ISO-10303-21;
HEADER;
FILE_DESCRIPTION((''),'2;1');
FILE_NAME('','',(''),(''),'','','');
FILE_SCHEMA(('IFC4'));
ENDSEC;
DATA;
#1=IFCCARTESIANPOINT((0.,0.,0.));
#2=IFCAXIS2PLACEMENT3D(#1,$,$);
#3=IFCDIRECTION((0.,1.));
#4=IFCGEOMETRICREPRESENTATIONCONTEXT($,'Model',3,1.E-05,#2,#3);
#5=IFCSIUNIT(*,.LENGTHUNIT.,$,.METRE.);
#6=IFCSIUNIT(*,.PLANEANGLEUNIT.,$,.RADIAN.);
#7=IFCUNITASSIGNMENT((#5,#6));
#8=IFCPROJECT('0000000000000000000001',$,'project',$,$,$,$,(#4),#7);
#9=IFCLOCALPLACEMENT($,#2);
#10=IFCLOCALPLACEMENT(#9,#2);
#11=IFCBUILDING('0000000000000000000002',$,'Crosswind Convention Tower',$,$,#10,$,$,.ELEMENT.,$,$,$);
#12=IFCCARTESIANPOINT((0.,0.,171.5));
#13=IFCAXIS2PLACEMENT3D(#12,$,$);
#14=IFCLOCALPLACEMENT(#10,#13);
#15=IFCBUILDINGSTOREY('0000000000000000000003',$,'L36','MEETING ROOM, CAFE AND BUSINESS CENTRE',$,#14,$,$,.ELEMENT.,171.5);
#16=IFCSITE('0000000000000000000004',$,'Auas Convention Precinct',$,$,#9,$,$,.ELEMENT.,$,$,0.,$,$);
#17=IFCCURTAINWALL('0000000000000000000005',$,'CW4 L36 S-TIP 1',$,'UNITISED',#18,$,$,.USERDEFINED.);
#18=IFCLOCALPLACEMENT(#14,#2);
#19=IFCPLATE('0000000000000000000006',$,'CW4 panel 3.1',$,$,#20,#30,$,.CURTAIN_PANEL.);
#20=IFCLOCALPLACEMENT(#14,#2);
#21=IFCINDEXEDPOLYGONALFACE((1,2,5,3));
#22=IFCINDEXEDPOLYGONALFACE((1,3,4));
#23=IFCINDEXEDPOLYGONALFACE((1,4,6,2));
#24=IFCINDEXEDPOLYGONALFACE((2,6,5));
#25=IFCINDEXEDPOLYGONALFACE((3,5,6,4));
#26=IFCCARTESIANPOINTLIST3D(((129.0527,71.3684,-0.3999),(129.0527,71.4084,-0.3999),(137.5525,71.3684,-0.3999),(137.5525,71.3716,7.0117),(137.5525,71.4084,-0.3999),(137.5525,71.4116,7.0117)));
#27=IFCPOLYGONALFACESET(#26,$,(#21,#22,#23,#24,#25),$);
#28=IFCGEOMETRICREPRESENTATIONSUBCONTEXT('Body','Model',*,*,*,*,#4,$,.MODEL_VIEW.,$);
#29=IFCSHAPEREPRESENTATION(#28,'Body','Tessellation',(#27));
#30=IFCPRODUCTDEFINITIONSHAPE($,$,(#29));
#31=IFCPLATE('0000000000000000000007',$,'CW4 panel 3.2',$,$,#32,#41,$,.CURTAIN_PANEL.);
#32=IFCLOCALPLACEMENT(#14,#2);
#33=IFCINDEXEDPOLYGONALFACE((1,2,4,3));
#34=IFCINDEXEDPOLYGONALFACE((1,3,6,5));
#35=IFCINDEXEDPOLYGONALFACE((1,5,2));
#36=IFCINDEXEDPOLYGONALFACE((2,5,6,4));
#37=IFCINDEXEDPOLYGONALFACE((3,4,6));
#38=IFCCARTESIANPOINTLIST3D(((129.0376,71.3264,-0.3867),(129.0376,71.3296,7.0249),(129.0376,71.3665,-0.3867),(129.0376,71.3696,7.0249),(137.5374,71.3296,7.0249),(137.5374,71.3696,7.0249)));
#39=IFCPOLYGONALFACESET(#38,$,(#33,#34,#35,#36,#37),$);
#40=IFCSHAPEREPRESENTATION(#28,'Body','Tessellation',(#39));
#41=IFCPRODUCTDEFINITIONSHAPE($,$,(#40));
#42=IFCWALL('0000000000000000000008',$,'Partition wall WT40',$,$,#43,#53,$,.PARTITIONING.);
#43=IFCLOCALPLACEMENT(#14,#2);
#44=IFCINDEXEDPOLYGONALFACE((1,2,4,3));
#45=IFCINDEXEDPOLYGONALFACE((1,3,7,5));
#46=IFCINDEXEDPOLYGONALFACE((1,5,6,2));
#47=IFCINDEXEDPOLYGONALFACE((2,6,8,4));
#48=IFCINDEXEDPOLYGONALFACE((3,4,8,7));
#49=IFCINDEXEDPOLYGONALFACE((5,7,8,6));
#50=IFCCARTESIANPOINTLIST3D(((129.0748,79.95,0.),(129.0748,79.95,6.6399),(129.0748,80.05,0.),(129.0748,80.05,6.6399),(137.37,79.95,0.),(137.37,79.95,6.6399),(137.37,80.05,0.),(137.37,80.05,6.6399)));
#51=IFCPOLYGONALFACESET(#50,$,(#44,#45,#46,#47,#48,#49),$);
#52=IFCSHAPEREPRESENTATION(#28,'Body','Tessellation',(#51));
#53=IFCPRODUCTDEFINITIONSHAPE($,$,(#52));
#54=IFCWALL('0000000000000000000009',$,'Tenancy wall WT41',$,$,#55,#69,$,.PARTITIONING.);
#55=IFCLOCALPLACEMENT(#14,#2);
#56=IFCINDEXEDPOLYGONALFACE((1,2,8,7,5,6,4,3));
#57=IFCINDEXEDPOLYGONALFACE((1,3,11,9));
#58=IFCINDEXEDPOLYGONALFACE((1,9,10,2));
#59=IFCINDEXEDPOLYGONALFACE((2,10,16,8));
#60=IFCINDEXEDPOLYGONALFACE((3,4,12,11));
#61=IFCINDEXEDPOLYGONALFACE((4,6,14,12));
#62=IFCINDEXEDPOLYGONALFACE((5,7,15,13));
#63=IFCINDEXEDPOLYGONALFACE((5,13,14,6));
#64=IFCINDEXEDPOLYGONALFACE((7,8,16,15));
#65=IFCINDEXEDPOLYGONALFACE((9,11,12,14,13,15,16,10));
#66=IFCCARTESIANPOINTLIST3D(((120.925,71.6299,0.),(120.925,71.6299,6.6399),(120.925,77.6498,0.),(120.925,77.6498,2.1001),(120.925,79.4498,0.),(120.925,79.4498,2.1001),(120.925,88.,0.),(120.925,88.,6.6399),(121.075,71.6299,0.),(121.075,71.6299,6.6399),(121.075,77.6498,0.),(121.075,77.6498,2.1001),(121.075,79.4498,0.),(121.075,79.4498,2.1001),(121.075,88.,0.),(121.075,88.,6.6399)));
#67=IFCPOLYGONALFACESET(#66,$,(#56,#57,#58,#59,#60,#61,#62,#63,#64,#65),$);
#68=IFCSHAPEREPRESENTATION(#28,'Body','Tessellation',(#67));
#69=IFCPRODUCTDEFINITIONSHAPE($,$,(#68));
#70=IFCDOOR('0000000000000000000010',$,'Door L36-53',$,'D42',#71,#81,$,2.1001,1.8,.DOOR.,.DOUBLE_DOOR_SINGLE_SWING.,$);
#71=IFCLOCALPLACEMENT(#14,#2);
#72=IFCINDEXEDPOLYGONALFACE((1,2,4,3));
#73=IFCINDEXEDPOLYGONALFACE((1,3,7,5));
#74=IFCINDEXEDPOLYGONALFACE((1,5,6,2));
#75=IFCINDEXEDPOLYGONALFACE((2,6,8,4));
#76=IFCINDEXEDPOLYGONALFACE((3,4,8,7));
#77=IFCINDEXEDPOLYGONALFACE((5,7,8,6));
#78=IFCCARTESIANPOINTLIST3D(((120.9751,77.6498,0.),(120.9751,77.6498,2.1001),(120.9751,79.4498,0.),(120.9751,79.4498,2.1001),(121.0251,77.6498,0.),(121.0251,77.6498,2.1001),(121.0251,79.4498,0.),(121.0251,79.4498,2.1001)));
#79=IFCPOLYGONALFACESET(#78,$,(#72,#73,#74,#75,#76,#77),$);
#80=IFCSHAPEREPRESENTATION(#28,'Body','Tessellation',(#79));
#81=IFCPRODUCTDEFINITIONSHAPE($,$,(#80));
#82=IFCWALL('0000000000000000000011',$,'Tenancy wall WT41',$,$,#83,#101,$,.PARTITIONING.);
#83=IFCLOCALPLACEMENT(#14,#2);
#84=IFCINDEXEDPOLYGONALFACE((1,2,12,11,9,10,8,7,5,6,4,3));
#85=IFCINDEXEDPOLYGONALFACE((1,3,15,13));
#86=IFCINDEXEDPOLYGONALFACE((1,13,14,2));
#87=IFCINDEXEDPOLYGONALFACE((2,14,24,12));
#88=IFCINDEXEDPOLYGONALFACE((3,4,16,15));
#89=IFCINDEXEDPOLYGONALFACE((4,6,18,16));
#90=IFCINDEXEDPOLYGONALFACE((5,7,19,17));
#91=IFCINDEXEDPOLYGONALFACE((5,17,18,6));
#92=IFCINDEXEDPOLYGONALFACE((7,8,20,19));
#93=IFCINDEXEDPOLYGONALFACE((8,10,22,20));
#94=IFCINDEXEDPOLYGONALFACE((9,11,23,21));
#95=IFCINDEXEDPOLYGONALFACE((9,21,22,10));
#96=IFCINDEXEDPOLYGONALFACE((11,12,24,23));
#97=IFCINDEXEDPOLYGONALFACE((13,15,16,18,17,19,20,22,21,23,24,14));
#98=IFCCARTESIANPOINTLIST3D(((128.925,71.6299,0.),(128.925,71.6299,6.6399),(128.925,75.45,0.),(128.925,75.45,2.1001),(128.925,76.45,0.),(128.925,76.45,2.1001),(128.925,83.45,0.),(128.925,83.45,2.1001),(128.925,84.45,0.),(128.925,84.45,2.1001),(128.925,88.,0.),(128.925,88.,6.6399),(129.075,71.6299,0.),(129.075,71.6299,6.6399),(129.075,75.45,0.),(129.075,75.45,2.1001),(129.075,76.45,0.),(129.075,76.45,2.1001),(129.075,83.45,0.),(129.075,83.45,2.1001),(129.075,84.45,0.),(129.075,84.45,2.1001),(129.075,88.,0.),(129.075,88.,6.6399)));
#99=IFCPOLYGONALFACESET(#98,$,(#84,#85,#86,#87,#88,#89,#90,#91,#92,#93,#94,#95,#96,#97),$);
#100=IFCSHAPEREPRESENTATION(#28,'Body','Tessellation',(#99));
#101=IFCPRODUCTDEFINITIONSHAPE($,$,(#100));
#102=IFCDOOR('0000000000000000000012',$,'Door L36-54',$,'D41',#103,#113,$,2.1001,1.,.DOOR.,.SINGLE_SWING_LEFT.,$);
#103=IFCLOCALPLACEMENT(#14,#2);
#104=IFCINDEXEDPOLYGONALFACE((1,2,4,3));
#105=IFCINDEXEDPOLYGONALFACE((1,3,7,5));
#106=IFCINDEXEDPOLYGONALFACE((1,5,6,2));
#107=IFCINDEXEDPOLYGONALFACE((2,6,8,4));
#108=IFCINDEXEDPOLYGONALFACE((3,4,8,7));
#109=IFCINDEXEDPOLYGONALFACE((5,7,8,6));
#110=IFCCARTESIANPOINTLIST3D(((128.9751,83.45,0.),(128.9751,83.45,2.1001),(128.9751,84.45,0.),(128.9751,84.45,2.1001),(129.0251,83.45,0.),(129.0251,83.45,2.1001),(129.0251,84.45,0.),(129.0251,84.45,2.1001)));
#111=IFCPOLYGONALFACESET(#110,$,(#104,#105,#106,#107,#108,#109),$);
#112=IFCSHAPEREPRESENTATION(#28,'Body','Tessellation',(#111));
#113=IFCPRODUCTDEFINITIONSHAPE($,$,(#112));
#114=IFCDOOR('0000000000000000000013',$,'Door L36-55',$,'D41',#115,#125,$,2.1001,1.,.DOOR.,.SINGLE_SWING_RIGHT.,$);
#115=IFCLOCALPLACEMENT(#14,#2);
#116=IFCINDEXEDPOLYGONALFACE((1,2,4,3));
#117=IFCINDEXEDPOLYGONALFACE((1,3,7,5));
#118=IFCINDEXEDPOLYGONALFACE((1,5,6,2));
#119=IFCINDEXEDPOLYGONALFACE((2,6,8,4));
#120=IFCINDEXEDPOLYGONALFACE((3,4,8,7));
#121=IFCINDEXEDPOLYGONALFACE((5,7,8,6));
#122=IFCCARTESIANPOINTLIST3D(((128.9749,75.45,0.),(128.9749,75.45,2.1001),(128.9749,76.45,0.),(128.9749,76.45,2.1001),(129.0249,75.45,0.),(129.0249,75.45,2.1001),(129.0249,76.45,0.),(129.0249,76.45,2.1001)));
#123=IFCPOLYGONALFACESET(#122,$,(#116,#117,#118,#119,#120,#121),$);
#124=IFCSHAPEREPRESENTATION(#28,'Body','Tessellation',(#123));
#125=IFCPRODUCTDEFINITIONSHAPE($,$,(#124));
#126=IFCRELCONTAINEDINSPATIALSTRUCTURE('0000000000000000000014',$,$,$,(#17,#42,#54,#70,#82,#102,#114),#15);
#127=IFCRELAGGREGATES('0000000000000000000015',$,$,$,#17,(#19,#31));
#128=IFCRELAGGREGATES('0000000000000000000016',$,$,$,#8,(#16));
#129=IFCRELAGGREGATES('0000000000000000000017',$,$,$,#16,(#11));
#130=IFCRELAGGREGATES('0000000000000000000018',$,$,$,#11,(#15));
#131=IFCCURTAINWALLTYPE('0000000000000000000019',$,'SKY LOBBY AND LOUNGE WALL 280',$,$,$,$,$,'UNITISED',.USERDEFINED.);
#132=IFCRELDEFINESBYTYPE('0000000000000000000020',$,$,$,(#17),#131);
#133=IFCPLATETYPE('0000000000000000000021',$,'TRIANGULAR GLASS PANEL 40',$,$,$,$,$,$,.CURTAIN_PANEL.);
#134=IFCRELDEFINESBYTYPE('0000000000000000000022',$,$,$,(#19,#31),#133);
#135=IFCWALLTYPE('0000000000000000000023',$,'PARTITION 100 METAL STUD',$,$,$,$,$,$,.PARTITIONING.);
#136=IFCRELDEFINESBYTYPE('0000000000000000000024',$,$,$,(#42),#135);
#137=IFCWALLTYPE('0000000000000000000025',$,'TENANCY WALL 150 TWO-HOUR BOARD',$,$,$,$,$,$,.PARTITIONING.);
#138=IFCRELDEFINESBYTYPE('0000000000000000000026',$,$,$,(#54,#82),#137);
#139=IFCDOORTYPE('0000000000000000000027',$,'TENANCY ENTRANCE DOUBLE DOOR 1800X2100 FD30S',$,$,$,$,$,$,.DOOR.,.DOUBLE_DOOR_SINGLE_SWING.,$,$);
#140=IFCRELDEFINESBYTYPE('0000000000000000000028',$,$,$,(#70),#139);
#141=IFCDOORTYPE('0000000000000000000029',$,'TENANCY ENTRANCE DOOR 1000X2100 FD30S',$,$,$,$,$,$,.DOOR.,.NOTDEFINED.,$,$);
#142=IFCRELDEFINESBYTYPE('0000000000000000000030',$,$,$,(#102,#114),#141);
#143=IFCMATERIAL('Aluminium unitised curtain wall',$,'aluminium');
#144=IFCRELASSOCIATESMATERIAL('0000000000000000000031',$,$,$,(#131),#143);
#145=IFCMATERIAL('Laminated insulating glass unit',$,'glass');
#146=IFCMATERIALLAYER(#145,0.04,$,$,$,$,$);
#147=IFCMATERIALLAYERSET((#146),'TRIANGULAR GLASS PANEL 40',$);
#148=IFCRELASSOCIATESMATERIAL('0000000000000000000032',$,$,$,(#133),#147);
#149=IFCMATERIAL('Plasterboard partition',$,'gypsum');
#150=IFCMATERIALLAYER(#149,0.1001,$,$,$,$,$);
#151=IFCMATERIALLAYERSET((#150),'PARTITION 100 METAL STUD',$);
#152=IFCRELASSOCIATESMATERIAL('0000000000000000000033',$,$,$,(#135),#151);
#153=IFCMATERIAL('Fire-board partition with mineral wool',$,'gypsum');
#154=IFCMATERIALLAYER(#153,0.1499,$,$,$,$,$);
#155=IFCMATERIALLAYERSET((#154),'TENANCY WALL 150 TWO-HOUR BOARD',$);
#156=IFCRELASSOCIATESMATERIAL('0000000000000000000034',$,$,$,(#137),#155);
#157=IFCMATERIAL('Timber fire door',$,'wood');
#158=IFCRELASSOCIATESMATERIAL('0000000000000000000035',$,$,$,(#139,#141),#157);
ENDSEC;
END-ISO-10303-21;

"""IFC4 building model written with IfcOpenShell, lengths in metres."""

from ifc_helpers import new_model, si_unit, direction, frame, frame_2d, origin, place, context, subcontext, project, spatial, polyline, rectangle, outline, extrude, material, layer, layer_set, type_object, element, fill, aggregate, save


model = new_model("IFC4")

# Units and contexts
model_context = context("Model", 3, precision=1e-05, world=origin(), true_north=direction((0.0, 1.0)))
body_context = subcontext(model_context, "Body", "Model", "MODEL_VIEW")
ifc_project = project(units=[si_unit("LENGTHUNIT", "METRE"), si_unit("PLANEANGLEUNIT", "RADIAN")], contexts=[model_context])

# Site, building, storey
site_placement = place(None, origin())
site = spatial("IfcSite", under=ifc_project, at=site_placement, Name="Auas Convention Precinct", CompositionType="ELEMENT", RefElevation=0.0)
building_placement = place(site_placement, origin())
building = spatial("IfcBuilding", under=site, at=building_placement, Name="Crosswind Convention Tower", CompositionType="ELEMENT")
storey_placement = place(building_placement, frame((0.0, 0.0, 171.5)))
storey = spatial("IfcBuildingStorey", under=building, at=storey_placement, Name="L36", Description="MEETING ROOM, CAFE AND BUSINESS CENTRE", CompositionType="ELEMENT", Elevation=171.5)

# Curtain wall
ifc_material_1 = material(Name="Aluminium unitised curtain wall", Category="aluminium")
curtain_wall_type = type_object("IfcCurtainWallType", Name="SKY LOBBY AND LOUNGE WALL 280", ElementType="UNITISED", PredefinedType="USERDEFINED", material=ifc_material_1)
curtain_wall_placement = place(storey_placement, origin())
curtain_wall = element("IfcCurtainWall", 1, at=curtain_wall_placement, inside=storey, type_object=curtain_wall_type, Name="CW4 L36 S-TIP 1", ObjectType="UNITISED", PredefinedType="USERDEFINED")

# Plates
ifc_material_2 = material(Name="Laminated insulating glass unit", Category="glass")
ifc_layer_1 = layer(ifc_material_2, 0.04)
ifc_layer_set_1 = layer_set([ifc_layer_1], Name="TRIANGULAR GLASS PANEL 40")
plate_type = type_object("IfcPlateType", Name="TRIANGULAR GLASS PANEL 40", PredefinedType="CURTAIN_PANEL", material=ifc_layer_set_1)
plate_1_placement = place(storey_placement, frame((137.5525, 71.3684, -0.3999), z_axis=(0.0, -1.0, 0.000428), x_axis=(0.0, 0.000428, 1.0)))
plate_1 = element("IfcPlate", 2, at=plate_1_placement, type_object=plate_type, Name="CW4 panel 3.1", PredefinedType="CURTAIN_PANEL", context=body_context, shape_type="SweptSolid", body=[
    extrude(outline(polyline([(0.0, 0.0), (7.4116, 0.0), (0.0, 8.4998), (0.0, 0.0)])), origin(), (0.0, 0.0, -1.0), 0.04),
])
plate_2_placement = place(storey_placement, frame((129.0376, 71.3296, 7.0249), z_axis=(0.0, -1.0, 0.000428), x_axis=(0.0, -0.000428, -1.0)))
plate_2 = element("IfcPlate", 3, at=plate_2_placement, type_object=plate_type, Name="CW4 panel 3.2", PredefinedType="CURTAIN_PANEL", context=body_context, shape_type="SweptSolid", body=[
    extrude(outline(polyline([(0.0, 0.0), (7.4116, 0.0), (0.0, 8.4998), (0.0, 0.0)])), origin(), (0.0, 0.0, -1.0), 0.04),
])
aggregate(curtain_wall, [plate_1, plate_2])

# Wall
ifc_material_3 = material(Name="Plasterboard partition", Category="gypsum")
ifc_layer_2 = layer(ifc_material_3, 0.1001)
ifc_layer_set_2 = layer_set([ifc_layer_2], Name="PARTITION 100 METAL STUD")
wall_type_1 = type_object("IfcWallType", Name="PARTITION 100 METAL STUD", PredefinedType="PARTITIONING", material=ifc_layer_set_2)
wall_1_placement = place(storey_placement, frame((129.075, 80.0, 0.0), z_axis=(0.0, 0.0, 1.0), x_axis=(1.0, 0.0, 0.0)))
element("IfcWall", 4, at=wall_1_placement, inside=storey, type_object=wall_type_1, Name="Partition wall WT40", PredefinedType="PARTITIONING", context=body_context, shape_type="SweptSolid", body=[
    extrude(rectangle(XDim=8.2952, YDim=0.1001, at=frame_2d((4.1475, 0.0))), origin(), (0.0, 0.0, 1.0), 6.6399),
])

# Wall, opening, door
ifc_material_4 = material(Name="Fire-board partition with mineral wool", Category="gypsum")
ifc_layer_3 = layer(ifc_material_4, 0.1499)
ifc_layer_set_3 = layer_set([ifc_layer_3], Name="TENANCY WALL 150 TWO-HOUR BOARD")
wall_type_2 = type_object("IfcWallType", Name="TENANCY WALL 150 TWO-HOUR BOARD", PredefinedType="PARTITIONING", material=ifc_layer_set_3)
wall_2_placement = place(storey_placement, frame((121.0, 71.6299, 0.0), z_axis=(0.0, 0.0, 1.0), x_axis=(0.0, 1.0, 0.0)))
wall_2 = element("IfcWall", 5, at=wall_2_placement, inside=storey, type_object=wall_type_2, Name="Tenancy wall WT41", PredefinedType="PARTITIONING", context=body_context, shape_type="SweptSolid", body=[
    extrude(rectangle(XDim=16.3701, YDim=0.1499, at=frame_2d((8.1851, 0.0))), origin(), (0.0, 0.0, 1.0), 6.6399),
])
opening_1_placement = place(wall_2_placement, frame((6.02, 0.0, 0.0)))
opening_1 = element("IfcOpeningElement", 6, at=opening_1_placement, cuts=wall_2, PredefinedType="OPENING", context=body_context, shape_type="SweptSolid", body=[
    extrude(rectangle(XDim=1.8, YDim=2.1001, at=frame_2d((0.8999, 1.05))), frame((0.0, 0.085, 0.0), z_axis=(0.0, -1.0, 0.0), x_axis=(1.0, 0.0, 0.0)), (0.0, 0.0, 1.0), 0.1699),
])
ifc_material_5 = material(Name="Timber fire door", Category="wood")
door_type_1 = type_object("IfcDoorType", Name="TENANCY ENTRANCE DOUBLE DOOR 1800X2100 FD30S", OperationType="DOUBLE_DOOR_SINGLE_SWING", PredefinedType="DOOR", material=ifc_material_5)
door_1_placement = place(opening_1_placement, origin())
door_1 = element("IfcDoor", 7, at=door_1_placement, inside=storey, type_object=door_type_1, Name="Door L36-53", ObjectType="D42", OperationType="DOUBLE_DOOR_SINGLE_SWING", OverallHeight=2.1001, OverallWidth=1.8, PredefinedType="DOOR", context=body_context, shape_type="SweptSolid", body=[
    extrude(rectangle(XDim=1.8, YDim=2.1001, at=frame_2d((0.8999, 1.05))), frame((0.0, 0.0249, 0.0), z_axis=(0.0, -1.0, 0.0), x_axis=(1.0, 0.0, 0.0)), (0.0, 0.0, 1.0), 0.05),
])
fill(opening_1, door_1)

# Wall, openings, doors
wall_3_placement = place(storey_placement, frame((129.0, 71.6299, 0.0), z_axis=(0.0, 0.0, 1.0), x_axis=(0.0, 1.0, 0.0)))
wall_3 = element("IfcWall", 8, at=wall_3_placement, inside=storey, type_object=wall_type_2, Name="Tenancy wall WT41", PredefinedType="PARTITIONING", context=body_context, shape_type="SweptSolid", body=[
    extrude(rectangle(XDim=16.3701, YDim=0.1499, at=frame_2d((8.1851, 0.0))), origin(), (0.0, 0.0, 1.0), 6.6399),
])
opening_2_placement = place(wall_3_placement, frame((11.8201, 0.0, 0.0)))
opening_2 = element("IfcOpeningElement", 9, at=opening_2_placement, cuts=wall_3, PredefinedType="OPENING", context=body_context, shape_type="SweptSolid", body=[
    extrude(rectangle(XDim=1.0, YDim=2.1001, at=frame_2d((0.5, 1.05))), frame((0.0, 0.085, 0.0), z_axis=(0.0, -1.0, 0.0), x_axis=(1.0, 0.0, 0.0)), (0.0, 0.0, 1.0), 0.1699),
])
opening_3_placement = place(wall_3_placement, frame((3.8201, 0.0, 0.0)))
opening_3 = element("IfcOpeningElement", 10, at=opening_3_placement, cuts=wall_3, PredefinedType="OPENING", context=body_context, shape_type="SweptSolid", body=[
    extrude(rectangle(XDim=1.0, YDim=2.1001, at=frame_2d((0.5, 1.05))), frame((0.0, 0.085, 0.0), z_axis=(0.0, -1.0, 0.0), x_axis=(1.0, 0.0, 0.0)), (0.0, 0.0, 1.0), 0.1699),
])
door_type_2 = type_object("IfcDoorType", Name="TENANCY ENTRANCE DOOR 1000X2100 FD30S", OperationType="NOTDEFINED", PredefinedType="DOOR", material=ifc_material_5)
door_2_placement = place(opening_2_placement, origin())
door_2 = element("IfcDoor", 11, at=door_2_placement, inside=storey, type_object=door_type_2, Name="Door L36-54", ObjectType="D41", OperationType="SINGLE_SWING_LEFT", OverallHeight=2.1001, OverallWidth=1.0, PredefinedType="DOOR", context=body_context, shape_type="SweptSolid", body=[
    extrude(rectangle(XDim=1.0, YDim=2.1001, at=frame_2d((0.5, 1.05))), frame((0.0, 0.0249, 0.0), z_axis=(0.0, -1.0, 0.0), x_axis=(1.0, 0.0, 0.0)), (0.0, 0.0, 1.0), 0.05),
])
fill(opening_2, door_2)
door_3_placement = place(opening_3_placement, frame((1.0, 0.0, 0.0), z_axis=(0.0, 0.0, 1.0), x_axis=(-1.0, 0.0, 0.0)))
door_3 = element("IfcDoor", 12, at=door_3_placement, inside=storey, type_object=door_type_2, Name="Door L36-55", ObjectType="D41", OperationType="SINGLE_SWING_RIGHT", OverallHeight=2.1001, OverallWidth=1.0, PredefinedType="DOOR", context=body_context, shape_type="SweptSolid", body=[
    extrude(rectangle(XDim=1.0, YDim=2.1001, at=frame_2d((0.5, 1.05))), frame((0.0, 0.0249, 0.0), z_axis=(0.0, -1.0, 0.0), x_axis=(1.0, 0.0, 0.0)), (0.0, 0.0, 1.0), 0.05),
])
fill(opening_3, door_3)

save(model, "model.ifc")
